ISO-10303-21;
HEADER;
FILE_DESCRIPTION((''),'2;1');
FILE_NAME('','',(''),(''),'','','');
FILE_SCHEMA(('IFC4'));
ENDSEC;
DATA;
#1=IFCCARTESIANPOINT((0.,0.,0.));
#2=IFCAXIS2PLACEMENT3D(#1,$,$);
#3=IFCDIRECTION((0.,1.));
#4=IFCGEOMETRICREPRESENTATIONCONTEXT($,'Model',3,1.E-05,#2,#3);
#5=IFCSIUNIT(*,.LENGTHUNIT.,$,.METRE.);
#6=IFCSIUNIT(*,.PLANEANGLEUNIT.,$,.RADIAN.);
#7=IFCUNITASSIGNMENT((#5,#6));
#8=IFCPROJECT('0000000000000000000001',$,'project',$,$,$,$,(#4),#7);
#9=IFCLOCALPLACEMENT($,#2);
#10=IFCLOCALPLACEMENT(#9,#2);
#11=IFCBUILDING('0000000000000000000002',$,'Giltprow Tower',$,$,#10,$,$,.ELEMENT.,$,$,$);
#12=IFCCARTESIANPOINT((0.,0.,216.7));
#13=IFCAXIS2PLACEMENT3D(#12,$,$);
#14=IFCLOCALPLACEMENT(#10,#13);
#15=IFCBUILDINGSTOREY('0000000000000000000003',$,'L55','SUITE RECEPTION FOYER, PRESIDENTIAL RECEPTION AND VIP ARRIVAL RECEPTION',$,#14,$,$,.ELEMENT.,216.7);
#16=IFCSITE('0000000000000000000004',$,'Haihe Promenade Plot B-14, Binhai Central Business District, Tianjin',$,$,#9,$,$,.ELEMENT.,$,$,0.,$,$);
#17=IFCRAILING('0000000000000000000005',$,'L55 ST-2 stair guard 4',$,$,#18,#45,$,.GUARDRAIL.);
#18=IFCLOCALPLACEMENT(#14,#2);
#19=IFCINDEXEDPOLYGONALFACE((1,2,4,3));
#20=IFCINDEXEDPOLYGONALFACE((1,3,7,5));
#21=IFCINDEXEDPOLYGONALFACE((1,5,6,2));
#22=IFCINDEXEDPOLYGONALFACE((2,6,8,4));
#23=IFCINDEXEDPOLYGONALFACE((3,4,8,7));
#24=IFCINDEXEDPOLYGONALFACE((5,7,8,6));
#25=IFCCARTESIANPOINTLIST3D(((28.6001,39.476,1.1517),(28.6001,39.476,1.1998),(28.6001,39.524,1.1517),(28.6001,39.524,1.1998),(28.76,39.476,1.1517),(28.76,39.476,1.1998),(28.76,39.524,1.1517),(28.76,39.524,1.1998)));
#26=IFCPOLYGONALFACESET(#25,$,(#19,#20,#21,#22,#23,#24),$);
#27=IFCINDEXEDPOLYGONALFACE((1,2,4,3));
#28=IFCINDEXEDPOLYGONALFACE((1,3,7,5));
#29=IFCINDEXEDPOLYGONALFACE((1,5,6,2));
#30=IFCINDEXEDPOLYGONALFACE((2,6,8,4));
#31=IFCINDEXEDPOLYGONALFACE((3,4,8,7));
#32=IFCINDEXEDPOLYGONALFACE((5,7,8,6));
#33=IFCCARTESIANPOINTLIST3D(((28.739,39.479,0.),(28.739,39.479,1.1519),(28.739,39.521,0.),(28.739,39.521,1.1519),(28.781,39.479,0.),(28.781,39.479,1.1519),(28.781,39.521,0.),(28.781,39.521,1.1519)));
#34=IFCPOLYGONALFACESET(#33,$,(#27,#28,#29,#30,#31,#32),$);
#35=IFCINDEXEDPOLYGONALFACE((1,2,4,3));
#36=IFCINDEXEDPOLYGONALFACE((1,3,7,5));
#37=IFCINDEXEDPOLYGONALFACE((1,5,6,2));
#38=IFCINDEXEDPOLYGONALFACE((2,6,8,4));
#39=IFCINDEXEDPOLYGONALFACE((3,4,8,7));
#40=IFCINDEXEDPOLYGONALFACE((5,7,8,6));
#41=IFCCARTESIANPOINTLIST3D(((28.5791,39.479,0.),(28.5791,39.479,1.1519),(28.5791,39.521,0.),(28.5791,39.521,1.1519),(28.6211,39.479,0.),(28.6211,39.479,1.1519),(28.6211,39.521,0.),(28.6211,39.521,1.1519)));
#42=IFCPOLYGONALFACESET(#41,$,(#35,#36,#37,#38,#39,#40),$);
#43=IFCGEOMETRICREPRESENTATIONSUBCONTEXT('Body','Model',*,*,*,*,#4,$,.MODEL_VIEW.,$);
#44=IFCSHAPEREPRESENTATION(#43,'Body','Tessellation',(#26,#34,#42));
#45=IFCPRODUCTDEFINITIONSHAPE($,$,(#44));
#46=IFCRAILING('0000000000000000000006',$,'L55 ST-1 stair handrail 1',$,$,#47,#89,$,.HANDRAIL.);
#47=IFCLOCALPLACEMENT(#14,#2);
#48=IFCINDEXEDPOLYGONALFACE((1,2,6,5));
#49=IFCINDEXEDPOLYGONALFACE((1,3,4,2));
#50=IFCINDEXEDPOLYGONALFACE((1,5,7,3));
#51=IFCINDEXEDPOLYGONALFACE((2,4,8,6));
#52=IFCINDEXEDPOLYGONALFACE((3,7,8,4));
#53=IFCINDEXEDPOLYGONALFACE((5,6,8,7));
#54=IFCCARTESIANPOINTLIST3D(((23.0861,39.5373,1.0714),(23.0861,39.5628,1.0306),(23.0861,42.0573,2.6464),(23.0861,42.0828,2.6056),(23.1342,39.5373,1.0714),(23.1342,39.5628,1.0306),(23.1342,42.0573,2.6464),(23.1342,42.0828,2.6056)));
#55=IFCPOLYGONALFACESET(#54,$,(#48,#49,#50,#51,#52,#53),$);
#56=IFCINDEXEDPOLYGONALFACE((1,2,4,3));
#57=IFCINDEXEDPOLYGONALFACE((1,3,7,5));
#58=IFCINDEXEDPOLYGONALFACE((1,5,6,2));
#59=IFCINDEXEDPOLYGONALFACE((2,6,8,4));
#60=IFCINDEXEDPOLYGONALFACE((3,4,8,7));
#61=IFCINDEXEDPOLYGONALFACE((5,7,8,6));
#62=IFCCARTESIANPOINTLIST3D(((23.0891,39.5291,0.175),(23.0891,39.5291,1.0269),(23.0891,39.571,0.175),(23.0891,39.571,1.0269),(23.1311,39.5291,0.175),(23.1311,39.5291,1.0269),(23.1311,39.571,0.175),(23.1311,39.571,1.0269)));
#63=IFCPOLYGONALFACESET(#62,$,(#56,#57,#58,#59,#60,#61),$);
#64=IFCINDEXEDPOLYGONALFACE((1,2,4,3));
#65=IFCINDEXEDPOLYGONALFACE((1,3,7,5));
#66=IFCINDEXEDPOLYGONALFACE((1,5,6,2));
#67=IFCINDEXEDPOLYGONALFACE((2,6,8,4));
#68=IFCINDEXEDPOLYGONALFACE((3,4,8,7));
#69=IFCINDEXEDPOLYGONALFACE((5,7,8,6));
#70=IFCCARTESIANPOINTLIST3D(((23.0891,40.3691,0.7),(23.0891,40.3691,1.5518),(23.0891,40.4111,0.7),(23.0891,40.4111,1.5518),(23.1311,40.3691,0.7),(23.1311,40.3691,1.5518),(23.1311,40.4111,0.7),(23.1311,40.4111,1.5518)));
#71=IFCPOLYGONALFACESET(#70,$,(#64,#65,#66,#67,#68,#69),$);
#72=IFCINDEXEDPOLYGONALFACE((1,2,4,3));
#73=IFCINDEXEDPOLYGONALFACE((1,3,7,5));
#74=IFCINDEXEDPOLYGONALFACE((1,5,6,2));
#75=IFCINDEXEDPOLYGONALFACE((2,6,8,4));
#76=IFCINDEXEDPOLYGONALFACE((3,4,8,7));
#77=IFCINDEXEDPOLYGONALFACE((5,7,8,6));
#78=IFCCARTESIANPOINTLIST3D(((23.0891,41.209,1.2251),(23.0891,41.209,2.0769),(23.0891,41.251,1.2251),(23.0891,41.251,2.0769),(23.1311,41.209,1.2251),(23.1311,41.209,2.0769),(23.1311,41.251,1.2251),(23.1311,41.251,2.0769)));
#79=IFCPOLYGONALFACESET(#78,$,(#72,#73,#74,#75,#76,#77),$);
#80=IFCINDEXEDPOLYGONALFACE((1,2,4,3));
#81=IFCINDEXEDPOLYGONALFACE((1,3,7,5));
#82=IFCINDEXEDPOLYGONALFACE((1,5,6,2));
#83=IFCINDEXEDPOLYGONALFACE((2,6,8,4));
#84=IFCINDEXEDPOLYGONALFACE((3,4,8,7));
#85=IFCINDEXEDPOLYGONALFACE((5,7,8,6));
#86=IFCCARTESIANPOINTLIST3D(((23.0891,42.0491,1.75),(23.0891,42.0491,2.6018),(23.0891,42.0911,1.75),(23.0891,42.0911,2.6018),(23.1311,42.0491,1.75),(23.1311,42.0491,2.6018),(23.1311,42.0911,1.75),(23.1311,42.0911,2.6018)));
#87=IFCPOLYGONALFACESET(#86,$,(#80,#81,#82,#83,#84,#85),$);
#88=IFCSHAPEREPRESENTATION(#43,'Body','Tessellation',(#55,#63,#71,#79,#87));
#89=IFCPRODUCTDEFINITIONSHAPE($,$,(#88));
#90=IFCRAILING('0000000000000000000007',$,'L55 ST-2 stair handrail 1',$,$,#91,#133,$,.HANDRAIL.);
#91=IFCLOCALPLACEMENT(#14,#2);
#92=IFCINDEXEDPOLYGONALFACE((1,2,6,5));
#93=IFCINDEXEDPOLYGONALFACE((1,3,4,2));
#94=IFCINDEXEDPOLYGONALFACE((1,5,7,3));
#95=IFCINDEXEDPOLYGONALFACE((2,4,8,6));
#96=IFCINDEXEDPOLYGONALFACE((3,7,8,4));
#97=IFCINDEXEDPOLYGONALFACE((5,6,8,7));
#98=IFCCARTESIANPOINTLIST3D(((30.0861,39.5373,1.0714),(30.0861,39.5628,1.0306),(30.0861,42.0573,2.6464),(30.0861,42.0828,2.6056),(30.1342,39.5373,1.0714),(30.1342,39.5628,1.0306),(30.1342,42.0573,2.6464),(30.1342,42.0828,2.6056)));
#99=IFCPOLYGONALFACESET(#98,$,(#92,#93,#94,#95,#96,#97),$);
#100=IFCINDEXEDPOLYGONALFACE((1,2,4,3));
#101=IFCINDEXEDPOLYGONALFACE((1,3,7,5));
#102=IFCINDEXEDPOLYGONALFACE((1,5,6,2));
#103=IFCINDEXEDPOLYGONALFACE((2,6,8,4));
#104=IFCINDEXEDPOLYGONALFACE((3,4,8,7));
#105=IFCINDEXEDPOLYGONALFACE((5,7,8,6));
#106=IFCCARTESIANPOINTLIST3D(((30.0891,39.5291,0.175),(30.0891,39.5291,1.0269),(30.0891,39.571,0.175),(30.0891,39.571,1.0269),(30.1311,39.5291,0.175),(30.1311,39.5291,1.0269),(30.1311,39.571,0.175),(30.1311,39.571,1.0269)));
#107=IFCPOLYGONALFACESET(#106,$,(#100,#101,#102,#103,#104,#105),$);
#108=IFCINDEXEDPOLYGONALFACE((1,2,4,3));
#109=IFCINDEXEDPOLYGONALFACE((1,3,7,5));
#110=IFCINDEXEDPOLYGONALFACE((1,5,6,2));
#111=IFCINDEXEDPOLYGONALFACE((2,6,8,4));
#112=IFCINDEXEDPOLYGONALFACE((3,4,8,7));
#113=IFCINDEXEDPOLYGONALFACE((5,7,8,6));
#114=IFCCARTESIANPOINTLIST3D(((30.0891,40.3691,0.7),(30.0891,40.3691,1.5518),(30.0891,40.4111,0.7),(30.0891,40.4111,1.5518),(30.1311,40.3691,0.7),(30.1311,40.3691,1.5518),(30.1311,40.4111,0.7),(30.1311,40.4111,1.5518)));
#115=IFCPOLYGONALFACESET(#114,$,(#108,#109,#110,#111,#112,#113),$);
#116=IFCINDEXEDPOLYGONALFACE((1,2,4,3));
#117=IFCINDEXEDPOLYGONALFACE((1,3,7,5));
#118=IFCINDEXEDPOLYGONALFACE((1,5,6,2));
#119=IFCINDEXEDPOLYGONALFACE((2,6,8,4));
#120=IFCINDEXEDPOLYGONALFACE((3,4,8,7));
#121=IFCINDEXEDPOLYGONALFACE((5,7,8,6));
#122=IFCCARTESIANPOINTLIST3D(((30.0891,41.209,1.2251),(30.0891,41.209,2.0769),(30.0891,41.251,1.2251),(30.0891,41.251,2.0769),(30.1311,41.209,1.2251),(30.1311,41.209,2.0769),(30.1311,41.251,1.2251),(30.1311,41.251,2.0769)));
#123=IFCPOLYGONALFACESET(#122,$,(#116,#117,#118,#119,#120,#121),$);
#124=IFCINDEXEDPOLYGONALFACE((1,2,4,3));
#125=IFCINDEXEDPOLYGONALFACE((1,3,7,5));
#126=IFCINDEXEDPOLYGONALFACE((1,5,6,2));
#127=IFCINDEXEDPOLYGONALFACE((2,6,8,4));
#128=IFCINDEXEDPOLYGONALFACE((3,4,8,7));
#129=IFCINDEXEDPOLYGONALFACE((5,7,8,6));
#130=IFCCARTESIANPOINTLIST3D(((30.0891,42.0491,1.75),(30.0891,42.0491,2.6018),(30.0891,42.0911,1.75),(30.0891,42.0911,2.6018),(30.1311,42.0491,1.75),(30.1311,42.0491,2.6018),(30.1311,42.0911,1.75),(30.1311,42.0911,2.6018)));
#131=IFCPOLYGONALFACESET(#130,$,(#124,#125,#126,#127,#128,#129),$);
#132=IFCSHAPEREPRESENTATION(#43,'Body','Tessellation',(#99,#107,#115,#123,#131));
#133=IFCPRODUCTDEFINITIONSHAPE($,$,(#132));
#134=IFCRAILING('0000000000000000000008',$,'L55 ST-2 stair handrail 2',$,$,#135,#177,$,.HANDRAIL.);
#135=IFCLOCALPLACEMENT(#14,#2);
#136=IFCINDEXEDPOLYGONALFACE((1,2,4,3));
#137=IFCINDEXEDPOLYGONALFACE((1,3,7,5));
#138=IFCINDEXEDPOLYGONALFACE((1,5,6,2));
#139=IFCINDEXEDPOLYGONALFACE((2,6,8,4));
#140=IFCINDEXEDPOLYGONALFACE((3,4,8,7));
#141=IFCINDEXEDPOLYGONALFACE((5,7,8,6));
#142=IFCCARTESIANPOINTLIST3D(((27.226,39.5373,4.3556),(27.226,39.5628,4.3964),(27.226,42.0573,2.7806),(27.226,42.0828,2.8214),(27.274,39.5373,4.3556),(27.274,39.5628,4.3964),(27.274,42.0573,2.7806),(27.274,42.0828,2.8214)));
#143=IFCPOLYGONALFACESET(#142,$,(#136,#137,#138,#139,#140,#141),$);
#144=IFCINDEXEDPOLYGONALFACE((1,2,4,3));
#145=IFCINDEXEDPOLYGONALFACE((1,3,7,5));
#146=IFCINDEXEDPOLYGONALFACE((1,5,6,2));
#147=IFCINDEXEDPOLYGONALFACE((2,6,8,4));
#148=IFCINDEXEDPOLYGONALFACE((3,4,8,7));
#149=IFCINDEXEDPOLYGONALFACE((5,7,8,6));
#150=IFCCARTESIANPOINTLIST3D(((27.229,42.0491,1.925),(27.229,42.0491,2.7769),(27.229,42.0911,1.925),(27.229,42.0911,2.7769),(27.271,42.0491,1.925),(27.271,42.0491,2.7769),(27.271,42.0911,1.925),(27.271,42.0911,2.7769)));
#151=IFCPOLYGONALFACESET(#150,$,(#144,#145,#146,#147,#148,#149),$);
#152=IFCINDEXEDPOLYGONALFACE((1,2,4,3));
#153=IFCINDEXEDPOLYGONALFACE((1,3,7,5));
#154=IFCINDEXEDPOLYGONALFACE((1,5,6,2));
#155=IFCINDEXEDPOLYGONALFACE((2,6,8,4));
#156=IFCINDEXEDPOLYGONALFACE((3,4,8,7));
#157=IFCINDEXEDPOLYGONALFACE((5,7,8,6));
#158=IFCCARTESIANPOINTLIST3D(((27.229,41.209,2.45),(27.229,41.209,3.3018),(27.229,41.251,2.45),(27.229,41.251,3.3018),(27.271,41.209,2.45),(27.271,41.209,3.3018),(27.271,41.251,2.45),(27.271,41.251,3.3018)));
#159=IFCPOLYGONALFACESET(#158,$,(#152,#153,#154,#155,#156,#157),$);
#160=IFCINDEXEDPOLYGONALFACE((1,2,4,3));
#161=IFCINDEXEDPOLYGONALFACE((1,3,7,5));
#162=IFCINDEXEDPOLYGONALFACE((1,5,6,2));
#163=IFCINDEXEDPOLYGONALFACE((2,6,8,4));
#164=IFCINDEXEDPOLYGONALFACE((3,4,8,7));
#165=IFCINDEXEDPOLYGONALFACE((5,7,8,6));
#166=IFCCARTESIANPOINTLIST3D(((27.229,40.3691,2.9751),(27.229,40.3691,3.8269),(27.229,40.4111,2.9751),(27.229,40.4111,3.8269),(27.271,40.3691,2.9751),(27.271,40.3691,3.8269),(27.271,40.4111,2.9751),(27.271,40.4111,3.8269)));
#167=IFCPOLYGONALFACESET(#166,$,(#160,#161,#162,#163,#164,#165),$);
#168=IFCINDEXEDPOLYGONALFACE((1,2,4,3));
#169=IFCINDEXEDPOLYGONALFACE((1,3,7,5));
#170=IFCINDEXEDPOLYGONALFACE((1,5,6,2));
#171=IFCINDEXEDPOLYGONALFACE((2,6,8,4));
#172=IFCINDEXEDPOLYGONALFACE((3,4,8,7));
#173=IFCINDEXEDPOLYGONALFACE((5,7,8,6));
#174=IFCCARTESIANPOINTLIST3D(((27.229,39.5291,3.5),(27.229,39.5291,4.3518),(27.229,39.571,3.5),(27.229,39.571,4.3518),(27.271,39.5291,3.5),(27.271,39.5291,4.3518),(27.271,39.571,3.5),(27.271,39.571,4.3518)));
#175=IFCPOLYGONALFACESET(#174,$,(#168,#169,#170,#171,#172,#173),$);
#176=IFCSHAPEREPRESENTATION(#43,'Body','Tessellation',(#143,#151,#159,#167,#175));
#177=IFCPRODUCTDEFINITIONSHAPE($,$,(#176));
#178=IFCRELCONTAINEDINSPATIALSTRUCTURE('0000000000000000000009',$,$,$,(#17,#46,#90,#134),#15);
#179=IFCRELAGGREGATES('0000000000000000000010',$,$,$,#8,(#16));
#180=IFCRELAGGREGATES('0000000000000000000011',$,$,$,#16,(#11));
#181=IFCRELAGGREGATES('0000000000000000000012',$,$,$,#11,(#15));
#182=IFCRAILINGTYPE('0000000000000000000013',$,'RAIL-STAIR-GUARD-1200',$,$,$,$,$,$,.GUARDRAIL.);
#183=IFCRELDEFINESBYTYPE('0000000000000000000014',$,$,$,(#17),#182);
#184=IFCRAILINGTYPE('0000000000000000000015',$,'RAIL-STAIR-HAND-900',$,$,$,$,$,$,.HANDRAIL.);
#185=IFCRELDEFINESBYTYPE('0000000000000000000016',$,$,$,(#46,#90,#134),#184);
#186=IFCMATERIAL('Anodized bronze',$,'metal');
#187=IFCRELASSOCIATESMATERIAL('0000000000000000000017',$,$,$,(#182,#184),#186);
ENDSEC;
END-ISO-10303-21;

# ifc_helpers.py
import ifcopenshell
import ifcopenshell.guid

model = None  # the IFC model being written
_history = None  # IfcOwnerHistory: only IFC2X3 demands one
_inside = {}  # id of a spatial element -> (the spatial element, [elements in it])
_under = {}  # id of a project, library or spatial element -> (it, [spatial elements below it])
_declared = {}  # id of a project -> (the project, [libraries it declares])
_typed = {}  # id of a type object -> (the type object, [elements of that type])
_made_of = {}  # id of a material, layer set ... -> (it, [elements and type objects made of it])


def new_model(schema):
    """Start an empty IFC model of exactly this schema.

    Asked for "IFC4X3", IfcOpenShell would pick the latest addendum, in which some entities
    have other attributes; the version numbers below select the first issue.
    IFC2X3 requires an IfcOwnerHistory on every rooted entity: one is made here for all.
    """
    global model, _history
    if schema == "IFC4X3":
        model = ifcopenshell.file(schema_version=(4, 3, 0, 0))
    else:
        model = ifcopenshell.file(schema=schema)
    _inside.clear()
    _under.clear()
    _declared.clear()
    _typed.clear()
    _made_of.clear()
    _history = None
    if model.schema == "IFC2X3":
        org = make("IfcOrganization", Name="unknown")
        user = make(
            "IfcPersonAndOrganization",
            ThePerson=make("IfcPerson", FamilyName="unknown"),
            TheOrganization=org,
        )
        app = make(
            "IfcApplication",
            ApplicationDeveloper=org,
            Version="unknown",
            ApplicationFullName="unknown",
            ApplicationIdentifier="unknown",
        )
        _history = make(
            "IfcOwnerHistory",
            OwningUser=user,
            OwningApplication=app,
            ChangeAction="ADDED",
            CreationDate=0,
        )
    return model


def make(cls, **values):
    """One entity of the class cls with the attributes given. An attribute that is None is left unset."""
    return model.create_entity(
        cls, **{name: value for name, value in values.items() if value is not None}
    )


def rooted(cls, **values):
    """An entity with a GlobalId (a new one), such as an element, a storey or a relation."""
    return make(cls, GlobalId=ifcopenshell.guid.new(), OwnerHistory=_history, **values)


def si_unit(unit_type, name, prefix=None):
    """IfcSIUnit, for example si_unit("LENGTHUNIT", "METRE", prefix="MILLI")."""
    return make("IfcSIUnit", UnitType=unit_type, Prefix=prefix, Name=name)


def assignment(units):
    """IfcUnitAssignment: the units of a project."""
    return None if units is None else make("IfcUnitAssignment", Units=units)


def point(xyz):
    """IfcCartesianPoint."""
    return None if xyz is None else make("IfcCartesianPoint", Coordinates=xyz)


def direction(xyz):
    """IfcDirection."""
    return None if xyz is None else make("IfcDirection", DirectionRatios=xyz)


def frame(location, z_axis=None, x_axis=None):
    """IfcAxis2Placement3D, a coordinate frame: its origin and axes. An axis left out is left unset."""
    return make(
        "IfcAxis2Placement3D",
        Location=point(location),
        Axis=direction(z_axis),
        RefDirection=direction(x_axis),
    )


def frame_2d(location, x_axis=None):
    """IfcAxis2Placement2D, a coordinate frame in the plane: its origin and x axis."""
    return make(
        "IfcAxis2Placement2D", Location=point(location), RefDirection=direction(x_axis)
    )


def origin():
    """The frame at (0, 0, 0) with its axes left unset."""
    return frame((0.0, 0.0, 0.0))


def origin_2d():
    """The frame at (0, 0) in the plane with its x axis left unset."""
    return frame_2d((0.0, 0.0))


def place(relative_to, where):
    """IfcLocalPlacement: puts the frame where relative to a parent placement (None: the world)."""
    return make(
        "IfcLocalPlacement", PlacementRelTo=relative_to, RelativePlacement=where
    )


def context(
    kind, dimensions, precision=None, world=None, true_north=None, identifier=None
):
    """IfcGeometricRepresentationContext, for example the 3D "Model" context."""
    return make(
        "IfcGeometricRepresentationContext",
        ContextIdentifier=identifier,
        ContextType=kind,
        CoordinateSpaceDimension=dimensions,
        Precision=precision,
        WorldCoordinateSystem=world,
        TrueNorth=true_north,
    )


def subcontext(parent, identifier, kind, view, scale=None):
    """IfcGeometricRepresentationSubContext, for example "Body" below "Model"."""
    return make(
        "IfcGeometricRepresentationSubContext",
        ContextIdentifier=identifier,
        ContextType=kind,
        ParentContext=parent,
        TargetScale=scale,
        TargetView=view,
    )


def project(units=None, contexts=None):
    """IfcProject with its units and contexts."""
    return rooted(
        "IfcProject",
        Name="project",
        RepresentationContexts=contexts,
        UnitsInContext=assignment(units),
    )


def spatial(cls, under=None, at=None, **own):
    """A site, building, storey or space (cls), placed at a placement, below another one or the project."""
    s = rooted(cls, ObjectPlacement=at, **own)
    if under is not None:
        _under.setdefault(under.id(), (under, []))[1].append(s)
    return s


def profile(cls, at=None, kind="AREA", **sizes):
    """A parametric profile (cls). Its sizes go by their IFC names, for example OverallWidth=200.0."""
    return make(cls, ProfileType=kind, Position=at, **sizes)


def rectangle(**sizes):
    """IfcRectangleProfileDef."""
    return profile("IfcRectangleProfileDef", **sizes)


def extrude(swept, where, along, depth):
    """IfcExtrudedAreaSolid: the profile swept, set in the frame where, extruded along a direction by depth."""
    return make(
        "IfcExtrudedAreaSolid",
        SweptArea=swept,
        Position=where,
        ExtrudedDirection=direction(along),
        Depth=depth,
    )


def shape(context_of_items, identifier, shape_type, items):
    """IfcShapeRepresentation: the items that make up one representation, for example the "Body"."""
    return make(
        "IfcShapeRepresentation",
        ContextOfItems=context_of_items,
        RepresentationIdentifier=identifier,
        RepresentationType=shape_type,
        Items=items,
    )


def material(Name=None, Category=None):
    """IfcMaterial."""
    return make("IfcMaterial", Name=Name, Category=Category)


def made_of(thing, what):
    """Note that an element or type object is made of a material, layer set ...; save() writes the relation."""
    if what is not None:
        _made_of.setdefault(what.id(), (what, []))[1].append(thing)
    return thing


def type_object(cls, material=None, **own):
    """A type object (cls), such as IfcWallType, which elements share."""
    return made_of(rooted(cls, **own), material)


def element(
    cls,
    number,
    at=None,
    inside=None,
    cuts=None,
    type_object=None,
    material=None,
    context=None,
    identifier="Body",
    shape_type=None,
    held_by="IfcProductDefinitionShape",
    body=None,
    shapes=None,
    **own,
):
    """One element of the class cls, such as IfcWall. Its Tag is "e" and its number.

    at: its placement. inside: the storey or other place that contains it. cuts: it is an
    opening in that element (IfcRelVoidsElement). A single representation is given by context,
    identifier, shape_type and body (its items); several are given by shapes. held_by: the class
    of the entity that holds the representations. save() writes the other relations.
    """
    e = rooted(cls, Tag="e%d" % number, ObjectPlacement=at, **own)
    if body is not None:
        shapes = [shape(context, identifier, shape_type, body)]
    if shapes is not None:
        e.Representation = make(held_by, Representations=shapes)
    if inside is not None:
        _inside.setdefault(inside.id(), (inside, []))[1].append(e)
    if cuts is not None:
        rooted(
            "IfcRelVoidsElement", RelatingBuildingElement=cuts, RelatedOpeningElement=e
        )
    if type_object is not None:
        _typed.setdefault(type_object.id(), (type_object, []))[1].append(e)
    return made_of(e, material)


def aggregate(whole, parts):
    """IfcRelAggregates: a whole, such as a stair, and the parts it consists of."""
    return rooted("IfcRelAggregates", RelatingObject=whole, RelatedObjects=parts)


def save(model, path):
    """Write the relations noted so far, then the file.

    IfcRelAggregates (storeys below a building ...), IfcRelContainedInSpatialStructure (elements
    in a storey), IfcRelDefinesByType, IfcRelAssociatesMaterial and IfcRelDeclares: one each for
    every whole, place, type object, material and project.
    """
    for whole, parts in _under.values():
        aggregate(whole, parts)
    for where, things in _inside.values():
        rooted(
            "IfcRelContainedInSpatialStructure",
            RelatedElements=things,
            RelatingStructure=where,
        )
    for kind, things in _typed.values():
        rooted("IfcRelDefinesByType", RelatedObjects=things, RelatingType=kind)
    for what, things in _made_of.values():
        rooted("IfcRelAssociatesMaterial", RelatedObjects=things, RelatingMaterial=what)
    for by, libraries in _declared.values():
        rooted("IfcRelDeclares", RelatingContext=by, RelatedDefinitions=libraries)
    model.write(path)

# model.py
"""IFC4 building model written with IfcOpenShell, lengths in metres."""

from ifc_helpers import new_model, si_unit, direction, frame, origin, origin_2d, place, context, subcontext, project, spatial, rectangle, extrude, material, type_object, element, save


model = new_model("IFC4")

# Units and contexts
model_context = context("Model", 3, precision=1e-05, world=origin(), true_north=direction((0.0, 1.0)))
body_context = subcontext(model_context, "Body", "Model", "MODEL_VIEW")
ifc_project = project(units=[si_unit("LENGTHUNIT", "METRE"), si_unit("PLANEANGLEUNIT", "RADIAN")], contexts=[model_context])

# Site, building, storey
site_placement = place(None, origin())
site = spatial("IfcSite", under=ifc_project, at=site_placement, Name="Haihe Promenade Plot B-14, Binhai Central Business District, Tianjin", CompositionType="ELEMENT", RefElevation=0.0)
building_placement = place(site_placement, origin())
building = spatial("IfcBuilding", under=site, at=building_placement, Name="Giltprow Tower", CompositionType="ELEMENT")
storey_placement = place(building_placement, frame((0.0, 0.0, 216.7)))
storey = spatial("IfcBuildingStorey", under=building, at=storey_placement, Name="L55", Description="SUITE RECEPTION FOYER, PRESIDENTIAL RECEPTION AND VIP ARRIVAL RECEPTION", CompositionType="ELEMENT", Elevation=216.7)

# Railings
ifc_material_1 = material(Name="Anodized bronze", Category="metal")
railing_type_1 = type_object("IfcRailingType", Name="RAIL-STAIR-GUARD-1200", PredefinedType="GUARDRAIL", material=ifc_material_1)
railing_1_placement = place(storey_placement, frame((28.76, 39.5, 0.0)))
element("IfcRailing", 1, at=railing_1_placement, inside=storey, type_object=railing_type_1, Name="L55 ST-2 stair guard 4", PredefinedType="GUARDRAIL", context=body_context, shape_type="SweptSolid", body=[
    extrude(rectangle(XDim=0.0481, YDim=0.0481, at=origin_2d()), frame((0.0, 0.0, 1.1758), z_axis=(-1.0, 0.0, 0.0), x_axis=(0.0, -1.0, 0.0)), (0.0, 0.0, 1.0), 0.1599),
    extrude(rectangle(XDim=0.042, YDim=0.042, at=origin_2d()), origin(), (0.0, 0.0, 1.0), 1.1519),
    extrude(rectangle(XDim=0.042, YDim=0.042, at=origin_2d()), frame((-0.1599, 0.0, 0.0)), (0.0, 0.0, 1.0), 1.1519),
])
railing_type_2 = type_object("IfcRailingType", Name="RAIL-STAIR-HAND-900", PredefinedType="HANDRAIL", material=ifc_material_1)
for number, where, name in (
    (2, (23.1101, 39.55, 0.175), "L55 ST-1 stair handrail 1"),
    (3, (30.1101, 39.55, 0.175), "L55 ST-2 stair handrail 1"),
):
    element("IfcRailing", number, at=place(storey_placement, frame(where)), inside=storey, type_object=railing_type_2, Name=name, PredefinedType="HANDRAIL", context=body_context, shape_type="SweptSolid", body=[
        extrude(rectangle(XDim=0.0481, YDim=0.0481, at=origin_2d()), frame((0.0, 0.0, 0.876), z_axis=(0.0, 0.848008, 0.529984), x_axis=(-1.0, 0.0, 0.0)), (0.0, 0.0, 1.0), 2.9717),
        extrude(rectangle(XDim=0.042, YDim=0.042, at=origin_2d()), origin(), (0.0, 0.0, 1.0), 0.8518),
        extrude(rectangle(XDim=0.042, YDim=0.042, at=origin_2d()), frame((0.0, 0.8401, 0.5249)), (0.0, 0.0, 1.0), 0.8518),
        extrude(rectangle(XDim=0.042, YDim=0.042, at=origin_2d()), frame((0.0, 1.6799, 1.05)), (0.0, 0.0, 1.0), 0.8518),
        extrude(rectangle(XDim=0.042, YDim=0.042, at=origin_2d()), frame((0.0, 2.52, 1.575)), (0.0, 0.0, 1.0), 0.8518),
    ])
railing_2_placement = place(storey_placement, frame((27.25, 42.0701, 1.925)))
element("IfcRailing", 4, at=railing_2_placement, inside=storey, type_object=railing_type_2, Name="L55 ST-2 stair handrail 2", PredefinedType="HANDRAIL", context=body_context, shape_type="SweptSolid", body=[
    extrude(rectangle(XDim=0.0481, YDim=0.0481, at=origin_2d()), frame((0.0, 0.0, 0.876), z_axis=(0.0, -0.848008, 0.529984), x_axis=(1.0, 0.0, 0.0)), (0.0, 0.0, 1.0), 2.9717),
    extrude(rectangle(XDim=0.042, YDim=0.042, at=origin_2d()), origin(), (0.0, 0.0, 1.0), 0.8518),
    extrude(rectangle(XDim=0.042, YDim=0.042, at=origin_2d()), frame((0.0, -0.8401, 0.5249)), (0.0, 0.0, 1.0), 0.8518),
    extrude(rectangle(XDim=0.042, YDim=0.042, at=origin_2d()), frame((0.0, -1.6799, 1.05)), (0.0, 0.0, 1.0), 0.8518),
    extrude(rectangle(XDim=0.042, YDim=0.042, at=origin_2d()), frame((0.0, -2.52, 1.575)), (0.0, 0.0, 1.0), 0.8518),
])

save(model, "model.ifc")
